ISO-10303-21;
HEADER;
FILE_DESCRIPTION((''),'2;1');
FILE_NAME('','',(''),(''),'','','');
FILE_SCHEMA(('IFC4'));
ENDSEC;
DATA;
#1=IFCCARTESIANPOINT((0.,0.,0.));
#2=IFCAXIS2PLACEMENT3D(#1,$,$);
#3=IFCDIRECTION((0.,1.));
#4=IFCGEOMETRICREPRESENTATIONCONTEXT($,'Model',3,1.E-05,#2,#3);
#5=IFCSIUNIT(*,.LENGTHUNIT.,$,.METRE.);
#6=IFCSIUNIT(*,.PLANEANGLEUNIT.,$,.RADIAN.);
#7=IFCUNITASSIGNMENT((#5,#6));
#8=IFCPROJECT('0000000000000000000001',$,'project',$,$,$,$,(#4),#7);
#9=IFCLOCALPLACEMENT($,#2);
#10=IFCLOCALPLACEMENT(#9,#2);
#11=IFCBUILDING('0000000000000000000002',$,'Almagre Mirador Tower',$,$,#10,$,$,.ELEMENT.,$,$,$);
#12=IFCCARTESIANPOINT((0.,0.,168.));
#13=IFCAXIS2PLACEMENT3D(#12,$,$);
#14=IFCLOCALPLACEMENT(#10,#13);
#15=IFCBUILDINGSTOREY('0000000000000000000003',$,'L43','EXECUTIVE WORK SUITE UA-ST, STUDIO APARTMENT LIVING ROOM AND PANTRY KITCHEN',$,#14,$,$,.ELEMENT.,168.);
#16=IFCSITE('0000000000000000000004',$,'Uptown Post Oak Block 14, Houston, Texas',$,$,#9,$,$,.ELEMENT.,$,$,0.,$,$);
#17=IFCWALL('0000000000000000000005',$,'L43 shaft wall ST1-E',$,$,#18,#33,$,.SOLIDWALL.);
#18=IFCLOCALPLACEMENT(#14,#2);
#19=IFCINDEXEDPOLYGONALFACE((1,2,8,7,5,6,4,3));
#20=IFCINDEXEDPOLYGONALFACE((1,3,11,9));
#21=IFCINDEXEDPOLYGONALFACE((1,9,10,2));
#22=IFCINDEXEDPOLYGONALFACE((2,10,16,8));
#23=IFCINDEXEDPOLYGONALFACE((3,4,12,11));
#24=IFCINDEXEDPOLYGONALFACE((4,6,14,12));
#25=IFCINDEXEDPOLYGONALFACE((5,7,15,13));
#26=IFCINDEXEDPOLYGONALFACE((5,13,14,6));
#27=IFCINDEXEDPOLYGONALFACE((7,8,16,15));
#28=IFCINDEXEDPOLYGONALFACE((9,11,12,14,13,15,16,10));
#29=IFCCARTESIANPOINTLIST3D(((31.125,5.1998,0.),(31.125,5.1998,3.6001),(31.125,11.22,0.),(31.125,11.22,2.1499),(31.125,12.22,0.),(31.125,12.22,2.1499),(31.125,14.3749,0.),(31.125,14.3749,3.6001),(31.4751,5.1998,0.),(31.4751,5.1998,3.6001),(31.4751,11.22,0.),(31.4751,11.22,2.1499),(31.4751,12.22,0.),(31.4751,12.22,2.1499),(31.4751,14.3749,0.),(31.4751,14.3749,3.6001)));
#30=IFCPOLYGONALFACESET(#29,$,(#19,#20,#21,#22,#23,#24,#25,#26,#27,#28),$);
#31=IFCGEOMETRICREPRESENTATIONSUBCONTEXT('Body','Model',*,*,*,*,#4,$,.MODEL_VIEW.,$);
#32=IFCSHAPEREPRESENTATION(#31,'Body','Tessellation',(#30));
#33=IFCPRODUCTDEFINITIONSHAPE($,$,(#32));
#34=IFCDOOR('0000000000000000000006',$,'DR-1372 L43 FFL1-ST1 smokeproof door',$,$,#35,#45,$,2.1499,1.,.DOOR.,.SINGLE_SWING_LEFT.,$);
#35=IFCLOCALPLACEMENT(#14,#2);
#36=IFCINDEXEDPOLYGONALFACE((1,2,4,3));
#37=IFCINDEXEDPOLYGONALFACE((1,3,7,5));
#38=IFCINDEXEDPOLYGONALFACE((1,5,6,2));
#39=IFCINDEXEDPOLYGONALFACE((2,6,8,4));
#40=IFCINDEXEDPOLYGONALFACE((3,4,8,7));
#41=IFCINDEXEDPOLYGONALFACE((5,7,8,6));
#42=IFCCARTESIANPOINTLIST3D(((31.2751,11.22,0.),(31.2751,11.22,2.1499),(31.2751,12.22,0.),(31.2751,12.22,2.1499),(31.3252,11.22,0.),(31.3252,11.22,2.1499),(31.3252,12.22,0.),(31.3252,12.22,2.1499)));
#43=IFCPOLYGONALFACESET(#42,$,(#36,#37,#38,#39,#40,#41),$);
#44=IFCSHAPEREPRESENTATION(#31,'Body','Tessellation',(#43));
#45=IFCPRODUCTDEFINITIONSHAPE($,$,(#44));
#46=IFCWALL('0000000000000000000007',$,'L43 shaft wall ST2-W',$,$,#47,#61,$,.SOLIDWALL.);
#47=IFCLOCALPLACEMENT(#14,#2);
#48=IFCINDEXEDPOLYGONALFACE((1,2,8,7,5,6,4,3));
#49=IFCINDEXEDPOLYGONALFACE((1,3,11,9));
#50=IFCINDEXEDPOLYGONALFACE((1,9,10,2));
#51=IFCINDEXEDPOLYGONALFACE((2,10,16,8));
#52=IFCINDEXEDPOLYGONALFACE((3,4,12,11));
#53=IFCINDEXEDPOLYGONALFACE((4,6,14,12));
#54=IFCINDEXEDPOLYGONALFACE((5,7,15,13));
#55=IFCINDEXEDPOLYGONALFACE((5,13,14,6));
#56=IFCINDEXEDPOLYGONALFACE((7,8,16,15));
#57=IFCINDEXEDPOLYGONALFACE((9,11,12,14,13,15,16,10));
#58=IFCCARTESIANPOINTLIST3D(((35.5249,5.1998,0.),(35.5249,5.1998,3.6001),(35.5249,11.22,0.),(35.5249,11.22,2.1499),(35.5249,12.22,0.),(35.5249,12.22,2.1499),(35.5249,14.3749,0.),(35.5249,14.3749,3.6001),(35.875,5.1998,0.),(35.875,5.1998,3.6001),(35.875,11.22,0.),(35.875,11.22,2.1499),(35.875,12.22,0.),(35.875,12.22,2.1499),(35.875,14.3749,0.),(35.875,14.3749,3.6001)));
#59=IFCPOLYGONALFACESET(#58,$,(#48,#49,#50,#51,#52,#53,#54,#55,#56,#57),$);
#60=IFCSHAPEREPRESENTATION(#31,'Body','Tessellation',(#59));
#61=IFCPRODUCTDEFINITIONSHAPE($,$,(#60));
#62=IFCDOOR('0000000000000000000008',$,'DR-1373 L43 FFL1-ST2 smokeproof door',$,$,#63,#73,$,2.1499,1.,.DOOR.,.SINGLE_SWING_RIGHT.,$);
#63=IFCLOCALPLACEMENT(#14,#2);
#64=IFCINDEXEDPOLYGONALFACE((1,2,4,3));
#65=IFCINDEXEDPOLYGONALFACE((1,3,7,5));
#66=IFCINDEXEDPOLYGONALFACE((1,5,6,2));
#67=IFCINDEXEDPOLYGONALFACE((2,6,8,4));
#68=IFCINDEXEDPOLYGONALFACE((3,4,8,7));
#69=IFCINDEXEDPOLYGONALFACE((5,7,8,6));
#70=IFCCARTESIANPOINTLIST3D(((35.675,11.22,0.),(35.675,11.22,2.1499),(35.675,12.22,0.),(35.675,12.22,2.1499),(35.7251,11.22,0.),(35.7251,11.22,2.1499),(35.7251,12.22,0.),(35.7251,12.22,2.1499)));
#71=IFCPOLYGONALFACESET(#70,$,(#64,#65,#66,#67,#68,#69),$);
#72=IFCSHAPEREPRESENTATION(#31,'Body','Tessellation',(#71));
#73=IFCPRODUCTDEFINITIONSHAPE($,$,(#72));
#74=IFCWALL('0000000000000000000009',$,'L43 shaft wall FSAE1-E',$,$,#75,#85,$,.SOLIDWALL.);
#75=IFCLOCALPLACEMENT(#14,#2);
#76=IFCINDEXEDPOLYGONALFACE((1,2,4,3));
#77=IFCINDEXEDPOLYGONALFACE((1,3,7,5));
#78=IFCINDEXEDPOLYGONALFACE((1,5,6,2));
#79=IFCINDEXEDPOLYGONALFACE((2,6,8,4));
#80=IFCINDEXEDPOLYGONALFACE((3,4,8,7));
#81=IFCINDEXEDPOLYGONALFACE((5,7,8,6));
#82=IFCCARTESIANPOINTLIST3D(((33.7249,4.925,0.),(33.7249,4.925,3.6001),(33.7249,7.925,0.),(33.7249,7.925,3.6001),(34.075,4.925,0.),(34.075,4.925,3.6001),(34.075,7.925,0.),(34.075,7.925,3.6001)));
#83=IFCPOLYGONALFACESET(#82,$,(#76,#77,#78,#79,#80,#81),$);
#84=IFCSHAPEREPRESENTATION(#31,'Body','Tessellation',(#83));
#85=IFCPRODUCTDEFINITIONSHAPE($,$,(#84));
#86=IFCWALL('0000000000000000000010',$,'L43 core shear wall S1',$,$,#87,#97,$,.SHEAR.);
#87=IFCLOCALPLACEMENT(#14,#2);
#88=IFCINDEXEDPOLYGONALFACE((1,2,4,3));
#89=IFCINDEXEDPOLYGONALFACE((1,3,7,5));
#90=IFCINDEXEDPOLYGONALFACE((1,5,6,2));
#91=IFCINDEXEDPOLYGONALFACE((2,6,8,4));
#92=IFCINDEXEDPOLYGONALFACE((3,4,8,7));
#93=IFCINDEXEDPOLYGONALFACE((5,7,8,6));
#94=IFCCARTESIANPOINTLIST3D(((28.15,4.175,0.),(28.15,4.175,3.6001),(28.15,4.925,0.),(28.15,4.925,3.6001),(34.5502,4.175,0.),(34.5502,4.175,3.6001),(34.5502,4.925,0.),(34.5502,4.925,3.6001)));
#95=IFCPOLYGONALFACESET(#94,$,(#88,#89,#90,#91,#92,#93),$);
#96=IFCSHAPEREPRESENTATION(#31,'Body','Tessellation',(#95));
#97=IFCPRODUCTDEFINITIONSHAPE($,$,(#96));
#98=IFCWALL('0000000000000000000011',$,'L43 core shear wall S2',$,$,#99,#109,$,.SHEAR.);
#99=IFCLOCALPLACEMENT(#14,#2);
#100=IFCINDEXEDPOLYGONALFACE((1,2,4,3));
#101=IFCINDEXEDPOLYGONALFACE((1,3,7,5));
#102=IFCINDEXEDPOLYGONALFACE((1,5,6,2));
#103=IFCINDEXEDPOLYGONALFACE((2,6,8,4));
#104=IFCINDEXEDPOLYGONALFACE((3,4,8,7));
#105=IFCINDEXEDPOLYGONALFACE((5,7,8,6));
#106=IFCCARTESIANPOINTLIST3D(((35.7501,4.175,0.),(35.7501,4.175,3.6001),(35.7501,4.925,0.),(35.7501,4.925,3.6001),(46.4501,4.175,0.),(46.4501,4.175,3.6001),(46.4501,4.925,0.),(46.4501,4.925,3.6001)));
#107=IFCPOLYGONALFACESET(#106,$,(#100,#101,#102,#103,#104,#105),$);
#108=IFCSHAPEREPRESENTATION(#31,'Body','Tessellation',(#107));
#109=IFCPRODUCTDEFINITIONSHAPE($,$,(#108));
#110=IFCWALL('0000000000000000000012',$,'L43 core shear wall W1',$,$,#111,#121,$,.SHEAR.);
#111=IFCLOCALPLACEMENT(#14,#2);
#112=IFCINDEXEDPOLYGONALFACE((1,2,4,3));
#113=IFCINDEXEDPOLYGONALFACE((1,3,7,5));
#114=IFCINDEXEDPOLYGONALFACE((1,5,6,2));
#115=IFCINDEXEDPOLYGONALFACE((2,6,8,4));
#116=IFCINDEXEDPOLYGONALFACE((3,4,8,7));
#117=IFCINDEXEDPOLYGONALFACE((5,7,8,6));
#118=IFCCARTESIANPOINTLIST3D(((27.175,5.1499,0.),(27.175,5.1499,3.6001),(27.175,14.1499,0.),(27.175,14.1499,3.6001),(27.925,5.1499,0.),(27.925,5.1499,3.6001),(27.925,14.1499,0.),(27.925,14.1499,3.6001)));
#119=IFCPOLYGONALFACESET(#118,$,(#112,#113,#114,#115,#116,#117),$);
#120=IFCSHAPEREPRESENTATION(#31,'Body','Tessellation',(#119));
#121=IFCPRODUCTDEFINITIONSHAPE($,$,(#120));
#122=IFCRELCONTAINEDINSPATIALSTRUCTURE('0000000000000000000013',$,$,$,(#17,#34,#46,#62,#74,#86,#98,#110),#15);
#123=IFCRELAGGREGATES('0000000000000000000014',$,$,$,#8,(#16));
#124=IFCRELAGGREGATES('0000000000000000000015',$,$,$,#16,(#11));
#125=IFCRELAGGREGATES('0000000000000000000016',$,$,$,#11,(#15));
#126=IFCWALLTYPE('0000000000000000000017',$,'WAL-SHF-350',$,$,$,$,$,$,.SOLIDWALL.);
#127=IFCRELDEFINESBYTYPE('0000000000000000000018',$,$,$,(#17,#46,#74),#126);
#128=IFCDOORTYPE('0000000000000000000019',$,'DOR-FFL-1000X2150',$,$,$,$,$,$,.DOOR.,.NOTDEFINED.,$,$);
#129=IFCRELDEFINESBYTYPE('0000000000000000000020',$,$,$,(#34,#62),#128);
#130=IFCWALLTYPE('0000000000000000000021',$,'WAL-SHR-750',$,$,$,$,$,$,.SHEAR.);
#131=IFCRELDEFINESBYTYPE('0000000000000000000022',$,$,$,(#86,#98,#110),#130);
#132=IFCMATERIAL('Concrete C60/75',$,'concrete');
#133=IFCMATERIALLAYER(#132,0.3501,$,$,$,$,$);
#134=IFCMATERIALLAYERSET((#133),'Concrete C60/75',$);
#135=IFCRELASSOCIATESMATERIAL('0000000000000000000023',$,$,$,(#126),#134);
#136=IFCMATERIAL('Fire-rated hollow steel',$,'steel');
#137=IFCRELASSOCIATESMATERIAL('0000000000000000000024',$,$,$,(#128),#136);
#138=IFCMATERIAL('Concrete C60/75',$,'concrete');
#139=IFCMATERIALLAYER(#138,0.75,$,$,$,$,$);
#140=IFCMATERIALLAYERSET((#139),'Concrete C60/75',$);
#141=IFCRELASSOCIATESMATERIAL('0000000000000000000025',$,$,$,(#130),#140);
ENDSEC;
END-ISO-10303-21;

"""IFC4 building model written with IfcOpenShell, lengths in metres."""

from ifc_helpers import new_model, si_unit, direction, frame, frame_2d, origin, place, context, subcontext, project, spatial, rectangle, extrude, material, layer, layer_set, type_object, element, fill, save


model = new_model("IFC4")

# Units and contexts
model_context = context("Model", 3, precision=1e-05, world=origin(), true_north=direction((0.0, 1.0)))
body_context = subcontext(model_context, "Body", "Model", "MODEL_VIEW")
ifc_project = project(units=[si_unit("LENGTHUNIT", "METRE"), si_unit("PLANEANGLEUNIT", "RADIAN")], contexts=[model_context])

# Site, building, storey
site_placement = place(None, origin())
site = spatial("IfcSite", under=ifc_project, at=site_placement, Name="Uptown Post Oak Block 14, Houston, Texas", CompositionType="ELEMENT", RefElevation=0.0)
building_placement = place(site_placement, origin())
building = spatial("IfcBuilding", under=site, at=building_placement, Name="Almagre Mirador Tower", CompositionType="ELEMENT")
storey_placement = place(building_placement, frame((0.0, 0.0, 168.0)))
storey = spatial("IfcBuildingStorey", under=building, at=storey_placement, Name="L43", Description="EXECUTIVE WORK SUITE UA-ST, STUDIO APARTMENT LIVING ROOM AND PANTRY KITCHEN", CompositionType="ELEMENT", Elevation=168.0)

# Shared definitions
ifc_material_1 = material(Name="Concrete C60/75", Category="concrete")
ifc_layer_1 = layer(ifc_material_1, 0.3501)
ifc_layer_set_1 = layer_set([ifc_layer_1], Name="Concrete C60/75")
wall_type_1 = type_object("IfcWallType", Name="WAL-SHF-350", PredefinedType="SOLIDWALL", material=ifc_layer_set_1)

# Walls, openings, doors
wall_1_placement = place(storey_placement, frame((31.3, 5.2, 0.0), z_axis=(0.0, 0.0, 1.0), x_axis=(0.0, 1.0, 0.0)))
wall_1 = element("IfcWall", 1, at=wall_1_placement, inside=storey, type_object=wall_type_1, Name="L43 shaft wall ST1-E", PredefinedType="SOLIDWALL", context=body_context, shape_type="SweptSolid", body=[
    extrude(rectangle(XDim=9.175, YDim=0.3501, at=frame_2d((4.5874, 0.0))), origin(), (0.0, 0.0, 1.0), 3.6001),
])
opening_1_placement = place(wall_1_placement, frame((6.02, 0.0, 0.0)))
opening_1 = element("IfcOpeningElement", 2, at=opening_1_placement, cuts=wall_1, PredefinedType="OPENING", context=body_context, shape_type="SweptSolid", body=[
    extrude(rectangle(XDim=1.0, YDim=2.1499, at=frame_2d((0.5, 1.075))), frame((0.0, 0.185, 0.0), z_axis=(0.0, -1.0, 0.0), x_axis=(1.0, 0.0, 0.0)), (0.0, 0.0, 1.0), 0.3701),
])
ifc_material_2 = material(Name="Fire-rated hollow steel", Category="steel")
door_type = type_object("IfcDoorType", Name="DOR-FFL-1000X2150", OperationType="NOTDEFINED", PredefinedType="DOOR", material=ifc_material_2)
door_1_placement = place(opening_1_placement, origin())
door_1 = element("IfcDoor", 3, at=door_1_placement, inside=storey, type_object=door_type, Name="DR-1372 L43 FFL1-ST1 smokeproof door", OperationType="SINGLE_SWING_LEFT", OverallHeight=2.1499, OverallWidth=1.0, PredefinedType="DOOR", context=body_context, shape_type="SweptSolid", body=[
    extrude(rectangle(XDim=1.0, YDim=2.1499, at=frame_2d((0.5, 1.075))), frame((0.0, 0.0249, 0.0), z_axis=(0.0, -1.0, 0.0), x_axis=(1.0, 0.0, 0.0)), (0.0, 0.0, 1.0), 0.05),
])
fill(opening_1, door_1)
wall_2_placement = place(storey_placement, frame((35.7, 5.2, 0.0), z_axis=(0.0, 0.0, 1.0), x_axis=(0.0, 1.0, 0.0)))
wall_2 = element("IfcWall", 4, at=wall_2_placement, inside=storey, type_object=wall_type_1, Name="L43 shaft wall ST2-W", PredefinedType="SOLIDWALL", context=body_context, shape_type="SweptSolid", body=[
    extrude(rectangle(XDim=9.175, YDim=0.3501, at=frame_2d((4.5874, 0.0))), origin(), (0.0, 0.0, 1.0), 3.6001),
])
opening_2_placement = place(wall_2_placement, frame((6.02, 0.0, 0.0)))
opening_2 = element("IfcOpeningElement", 5, at=opening_2_placement, cuts=wall_2, PredefinedType="OPENING", context=body_context, shape_type="SweptSolid", body=[
    extrude(rectangle(XDim=1.0, YDim=2.1499, at=frame_2d((0.5, 1.075))), frame((0.0, 0.185, 0.0), z_axis=(0.0, -1.0, 0.0), x_axis=(1.0, 0.0, 0.0)), (0.0, 0.0, 1.0), 0.3701),
])
door_2_placement = place(opening_2_placement, origin())
door_2 = element("IfcDoor", 6, at=door_2_placement, inside=storey, type_object=door_type, Name="DR-1373 L43 FFL1-ST2 smokeproof door", OperationType="SINGLE_SWING_RIGHT", OverallHeight=2.1499, OverallWidth=1.0, PredefinedType="DOOR", context=body_context, shape_type="SweptSolid", body=[
    extrude(rectangle(XDim=1.0, YDim=2.1499, at=frame_2d((0.5, 1.075))), frame((0.0, 0.0249, 0.0), z_axis=(0.0, -1.0, 0.0), x_axis=(1.0, 0.0, 0.0)), (0.0, 0.0, 1.0), 0.05),
])
fill(opening_2, door_2)

# Walls
wall_3_placement = place(storey_placement, frame((33.8999, 4.925, 0.0), z_axis=(0.0, 0.0, 1.0), x_axis=(0.0, 1.0, 0.0)))
element("IfcWall", 7, at=wall_3_placement, inside=storey, type_object=wall_type_1, Name="L43 shaft wall FSAE1-E", PredefinedType="SOLIDWALL", context=body_context, shape_type="SweptSolid", body=[
    extrude(rectangle(XDim=3.0, YDim=0.3501, at=frame_2d((1.5, 0.0))), origin(), (0.0, 0.0, 1.0), 3.6001),
])
ifc_material_3 = material(Name="Concrete C60/75", Category="concrete")
ifc_layer_2 = layer(ifc_material_3, 0.75)
ifc_layer_set_2 = layer_set([ifc_layer_2], Name="Concrete C60/75")
wall_type_2 = type_object("IfcWallType", Name="WAL-SHR-750", PredefinedType="SHEAR", material=ifc_layer_set_2)
wall_4_placement = place(storey_placement, frame((28.1499, 4.55, 0.0), z_axis=(0.0, 0.0, 1.0), x_axis=(1.0, 0.0, 0.0)))
element("IfcWall", 8, at=wall_4_placement, inside=storey, type_object=wall_type_2, Name="L43 core shear wall S1", PredefinedType="SHEAR", context=body_context, shape_type="SweptSolid", body=[
    extrude(rectangle(XDim=6.4001, YDim=0.75, at=frame_2d((3.2002, 0.0))), origin(), (0.0, 0.0, 1.0), 3.6001),
])
wall_5_placement = place(storey_placement, frame((35.75, 4.55, 0.0), z_axis=(0.0, 0.0, 1.0), x_axis=(1.0, 0.0, 0.0)))
element("IfcWall", 9, at=wall_5_placement, inside=storey, type_object=wall_type_2, Name="L43 core shear wall S2", PredefinedType="SHEAR", context=body_context, shape_type="SweptSolid", body=[
    extrude(rectangle(XDim=10.7, YDim=0.75, at=frame_2d((5.3501, 0.0))), origin(), (0.0, 0.0, 1.0), 3.6001),
])
wall_6_placement = place(storey_placement, frame((27.55, 5.1499, 0.0), z_axis=(0.0, 0.0, 1.0), x_axis=(0.0, 1.0, 0.0)))
element("IfcWall", 10, at=wall_6_placement, inside=storey, type_object=wall_type_2, Name="L43 core shear wall W1", PredefinedType="SHEAR", context=body_context, shape_type="SweptSolid", body=[
    extrude(rectangle(XDim=9.0, YDim=0.75, at=frame_2d((4.5, 0.0))), origin(), (0.0, 0.0, 1.0), 3.6001),
])

save(model, "model.ifc")
